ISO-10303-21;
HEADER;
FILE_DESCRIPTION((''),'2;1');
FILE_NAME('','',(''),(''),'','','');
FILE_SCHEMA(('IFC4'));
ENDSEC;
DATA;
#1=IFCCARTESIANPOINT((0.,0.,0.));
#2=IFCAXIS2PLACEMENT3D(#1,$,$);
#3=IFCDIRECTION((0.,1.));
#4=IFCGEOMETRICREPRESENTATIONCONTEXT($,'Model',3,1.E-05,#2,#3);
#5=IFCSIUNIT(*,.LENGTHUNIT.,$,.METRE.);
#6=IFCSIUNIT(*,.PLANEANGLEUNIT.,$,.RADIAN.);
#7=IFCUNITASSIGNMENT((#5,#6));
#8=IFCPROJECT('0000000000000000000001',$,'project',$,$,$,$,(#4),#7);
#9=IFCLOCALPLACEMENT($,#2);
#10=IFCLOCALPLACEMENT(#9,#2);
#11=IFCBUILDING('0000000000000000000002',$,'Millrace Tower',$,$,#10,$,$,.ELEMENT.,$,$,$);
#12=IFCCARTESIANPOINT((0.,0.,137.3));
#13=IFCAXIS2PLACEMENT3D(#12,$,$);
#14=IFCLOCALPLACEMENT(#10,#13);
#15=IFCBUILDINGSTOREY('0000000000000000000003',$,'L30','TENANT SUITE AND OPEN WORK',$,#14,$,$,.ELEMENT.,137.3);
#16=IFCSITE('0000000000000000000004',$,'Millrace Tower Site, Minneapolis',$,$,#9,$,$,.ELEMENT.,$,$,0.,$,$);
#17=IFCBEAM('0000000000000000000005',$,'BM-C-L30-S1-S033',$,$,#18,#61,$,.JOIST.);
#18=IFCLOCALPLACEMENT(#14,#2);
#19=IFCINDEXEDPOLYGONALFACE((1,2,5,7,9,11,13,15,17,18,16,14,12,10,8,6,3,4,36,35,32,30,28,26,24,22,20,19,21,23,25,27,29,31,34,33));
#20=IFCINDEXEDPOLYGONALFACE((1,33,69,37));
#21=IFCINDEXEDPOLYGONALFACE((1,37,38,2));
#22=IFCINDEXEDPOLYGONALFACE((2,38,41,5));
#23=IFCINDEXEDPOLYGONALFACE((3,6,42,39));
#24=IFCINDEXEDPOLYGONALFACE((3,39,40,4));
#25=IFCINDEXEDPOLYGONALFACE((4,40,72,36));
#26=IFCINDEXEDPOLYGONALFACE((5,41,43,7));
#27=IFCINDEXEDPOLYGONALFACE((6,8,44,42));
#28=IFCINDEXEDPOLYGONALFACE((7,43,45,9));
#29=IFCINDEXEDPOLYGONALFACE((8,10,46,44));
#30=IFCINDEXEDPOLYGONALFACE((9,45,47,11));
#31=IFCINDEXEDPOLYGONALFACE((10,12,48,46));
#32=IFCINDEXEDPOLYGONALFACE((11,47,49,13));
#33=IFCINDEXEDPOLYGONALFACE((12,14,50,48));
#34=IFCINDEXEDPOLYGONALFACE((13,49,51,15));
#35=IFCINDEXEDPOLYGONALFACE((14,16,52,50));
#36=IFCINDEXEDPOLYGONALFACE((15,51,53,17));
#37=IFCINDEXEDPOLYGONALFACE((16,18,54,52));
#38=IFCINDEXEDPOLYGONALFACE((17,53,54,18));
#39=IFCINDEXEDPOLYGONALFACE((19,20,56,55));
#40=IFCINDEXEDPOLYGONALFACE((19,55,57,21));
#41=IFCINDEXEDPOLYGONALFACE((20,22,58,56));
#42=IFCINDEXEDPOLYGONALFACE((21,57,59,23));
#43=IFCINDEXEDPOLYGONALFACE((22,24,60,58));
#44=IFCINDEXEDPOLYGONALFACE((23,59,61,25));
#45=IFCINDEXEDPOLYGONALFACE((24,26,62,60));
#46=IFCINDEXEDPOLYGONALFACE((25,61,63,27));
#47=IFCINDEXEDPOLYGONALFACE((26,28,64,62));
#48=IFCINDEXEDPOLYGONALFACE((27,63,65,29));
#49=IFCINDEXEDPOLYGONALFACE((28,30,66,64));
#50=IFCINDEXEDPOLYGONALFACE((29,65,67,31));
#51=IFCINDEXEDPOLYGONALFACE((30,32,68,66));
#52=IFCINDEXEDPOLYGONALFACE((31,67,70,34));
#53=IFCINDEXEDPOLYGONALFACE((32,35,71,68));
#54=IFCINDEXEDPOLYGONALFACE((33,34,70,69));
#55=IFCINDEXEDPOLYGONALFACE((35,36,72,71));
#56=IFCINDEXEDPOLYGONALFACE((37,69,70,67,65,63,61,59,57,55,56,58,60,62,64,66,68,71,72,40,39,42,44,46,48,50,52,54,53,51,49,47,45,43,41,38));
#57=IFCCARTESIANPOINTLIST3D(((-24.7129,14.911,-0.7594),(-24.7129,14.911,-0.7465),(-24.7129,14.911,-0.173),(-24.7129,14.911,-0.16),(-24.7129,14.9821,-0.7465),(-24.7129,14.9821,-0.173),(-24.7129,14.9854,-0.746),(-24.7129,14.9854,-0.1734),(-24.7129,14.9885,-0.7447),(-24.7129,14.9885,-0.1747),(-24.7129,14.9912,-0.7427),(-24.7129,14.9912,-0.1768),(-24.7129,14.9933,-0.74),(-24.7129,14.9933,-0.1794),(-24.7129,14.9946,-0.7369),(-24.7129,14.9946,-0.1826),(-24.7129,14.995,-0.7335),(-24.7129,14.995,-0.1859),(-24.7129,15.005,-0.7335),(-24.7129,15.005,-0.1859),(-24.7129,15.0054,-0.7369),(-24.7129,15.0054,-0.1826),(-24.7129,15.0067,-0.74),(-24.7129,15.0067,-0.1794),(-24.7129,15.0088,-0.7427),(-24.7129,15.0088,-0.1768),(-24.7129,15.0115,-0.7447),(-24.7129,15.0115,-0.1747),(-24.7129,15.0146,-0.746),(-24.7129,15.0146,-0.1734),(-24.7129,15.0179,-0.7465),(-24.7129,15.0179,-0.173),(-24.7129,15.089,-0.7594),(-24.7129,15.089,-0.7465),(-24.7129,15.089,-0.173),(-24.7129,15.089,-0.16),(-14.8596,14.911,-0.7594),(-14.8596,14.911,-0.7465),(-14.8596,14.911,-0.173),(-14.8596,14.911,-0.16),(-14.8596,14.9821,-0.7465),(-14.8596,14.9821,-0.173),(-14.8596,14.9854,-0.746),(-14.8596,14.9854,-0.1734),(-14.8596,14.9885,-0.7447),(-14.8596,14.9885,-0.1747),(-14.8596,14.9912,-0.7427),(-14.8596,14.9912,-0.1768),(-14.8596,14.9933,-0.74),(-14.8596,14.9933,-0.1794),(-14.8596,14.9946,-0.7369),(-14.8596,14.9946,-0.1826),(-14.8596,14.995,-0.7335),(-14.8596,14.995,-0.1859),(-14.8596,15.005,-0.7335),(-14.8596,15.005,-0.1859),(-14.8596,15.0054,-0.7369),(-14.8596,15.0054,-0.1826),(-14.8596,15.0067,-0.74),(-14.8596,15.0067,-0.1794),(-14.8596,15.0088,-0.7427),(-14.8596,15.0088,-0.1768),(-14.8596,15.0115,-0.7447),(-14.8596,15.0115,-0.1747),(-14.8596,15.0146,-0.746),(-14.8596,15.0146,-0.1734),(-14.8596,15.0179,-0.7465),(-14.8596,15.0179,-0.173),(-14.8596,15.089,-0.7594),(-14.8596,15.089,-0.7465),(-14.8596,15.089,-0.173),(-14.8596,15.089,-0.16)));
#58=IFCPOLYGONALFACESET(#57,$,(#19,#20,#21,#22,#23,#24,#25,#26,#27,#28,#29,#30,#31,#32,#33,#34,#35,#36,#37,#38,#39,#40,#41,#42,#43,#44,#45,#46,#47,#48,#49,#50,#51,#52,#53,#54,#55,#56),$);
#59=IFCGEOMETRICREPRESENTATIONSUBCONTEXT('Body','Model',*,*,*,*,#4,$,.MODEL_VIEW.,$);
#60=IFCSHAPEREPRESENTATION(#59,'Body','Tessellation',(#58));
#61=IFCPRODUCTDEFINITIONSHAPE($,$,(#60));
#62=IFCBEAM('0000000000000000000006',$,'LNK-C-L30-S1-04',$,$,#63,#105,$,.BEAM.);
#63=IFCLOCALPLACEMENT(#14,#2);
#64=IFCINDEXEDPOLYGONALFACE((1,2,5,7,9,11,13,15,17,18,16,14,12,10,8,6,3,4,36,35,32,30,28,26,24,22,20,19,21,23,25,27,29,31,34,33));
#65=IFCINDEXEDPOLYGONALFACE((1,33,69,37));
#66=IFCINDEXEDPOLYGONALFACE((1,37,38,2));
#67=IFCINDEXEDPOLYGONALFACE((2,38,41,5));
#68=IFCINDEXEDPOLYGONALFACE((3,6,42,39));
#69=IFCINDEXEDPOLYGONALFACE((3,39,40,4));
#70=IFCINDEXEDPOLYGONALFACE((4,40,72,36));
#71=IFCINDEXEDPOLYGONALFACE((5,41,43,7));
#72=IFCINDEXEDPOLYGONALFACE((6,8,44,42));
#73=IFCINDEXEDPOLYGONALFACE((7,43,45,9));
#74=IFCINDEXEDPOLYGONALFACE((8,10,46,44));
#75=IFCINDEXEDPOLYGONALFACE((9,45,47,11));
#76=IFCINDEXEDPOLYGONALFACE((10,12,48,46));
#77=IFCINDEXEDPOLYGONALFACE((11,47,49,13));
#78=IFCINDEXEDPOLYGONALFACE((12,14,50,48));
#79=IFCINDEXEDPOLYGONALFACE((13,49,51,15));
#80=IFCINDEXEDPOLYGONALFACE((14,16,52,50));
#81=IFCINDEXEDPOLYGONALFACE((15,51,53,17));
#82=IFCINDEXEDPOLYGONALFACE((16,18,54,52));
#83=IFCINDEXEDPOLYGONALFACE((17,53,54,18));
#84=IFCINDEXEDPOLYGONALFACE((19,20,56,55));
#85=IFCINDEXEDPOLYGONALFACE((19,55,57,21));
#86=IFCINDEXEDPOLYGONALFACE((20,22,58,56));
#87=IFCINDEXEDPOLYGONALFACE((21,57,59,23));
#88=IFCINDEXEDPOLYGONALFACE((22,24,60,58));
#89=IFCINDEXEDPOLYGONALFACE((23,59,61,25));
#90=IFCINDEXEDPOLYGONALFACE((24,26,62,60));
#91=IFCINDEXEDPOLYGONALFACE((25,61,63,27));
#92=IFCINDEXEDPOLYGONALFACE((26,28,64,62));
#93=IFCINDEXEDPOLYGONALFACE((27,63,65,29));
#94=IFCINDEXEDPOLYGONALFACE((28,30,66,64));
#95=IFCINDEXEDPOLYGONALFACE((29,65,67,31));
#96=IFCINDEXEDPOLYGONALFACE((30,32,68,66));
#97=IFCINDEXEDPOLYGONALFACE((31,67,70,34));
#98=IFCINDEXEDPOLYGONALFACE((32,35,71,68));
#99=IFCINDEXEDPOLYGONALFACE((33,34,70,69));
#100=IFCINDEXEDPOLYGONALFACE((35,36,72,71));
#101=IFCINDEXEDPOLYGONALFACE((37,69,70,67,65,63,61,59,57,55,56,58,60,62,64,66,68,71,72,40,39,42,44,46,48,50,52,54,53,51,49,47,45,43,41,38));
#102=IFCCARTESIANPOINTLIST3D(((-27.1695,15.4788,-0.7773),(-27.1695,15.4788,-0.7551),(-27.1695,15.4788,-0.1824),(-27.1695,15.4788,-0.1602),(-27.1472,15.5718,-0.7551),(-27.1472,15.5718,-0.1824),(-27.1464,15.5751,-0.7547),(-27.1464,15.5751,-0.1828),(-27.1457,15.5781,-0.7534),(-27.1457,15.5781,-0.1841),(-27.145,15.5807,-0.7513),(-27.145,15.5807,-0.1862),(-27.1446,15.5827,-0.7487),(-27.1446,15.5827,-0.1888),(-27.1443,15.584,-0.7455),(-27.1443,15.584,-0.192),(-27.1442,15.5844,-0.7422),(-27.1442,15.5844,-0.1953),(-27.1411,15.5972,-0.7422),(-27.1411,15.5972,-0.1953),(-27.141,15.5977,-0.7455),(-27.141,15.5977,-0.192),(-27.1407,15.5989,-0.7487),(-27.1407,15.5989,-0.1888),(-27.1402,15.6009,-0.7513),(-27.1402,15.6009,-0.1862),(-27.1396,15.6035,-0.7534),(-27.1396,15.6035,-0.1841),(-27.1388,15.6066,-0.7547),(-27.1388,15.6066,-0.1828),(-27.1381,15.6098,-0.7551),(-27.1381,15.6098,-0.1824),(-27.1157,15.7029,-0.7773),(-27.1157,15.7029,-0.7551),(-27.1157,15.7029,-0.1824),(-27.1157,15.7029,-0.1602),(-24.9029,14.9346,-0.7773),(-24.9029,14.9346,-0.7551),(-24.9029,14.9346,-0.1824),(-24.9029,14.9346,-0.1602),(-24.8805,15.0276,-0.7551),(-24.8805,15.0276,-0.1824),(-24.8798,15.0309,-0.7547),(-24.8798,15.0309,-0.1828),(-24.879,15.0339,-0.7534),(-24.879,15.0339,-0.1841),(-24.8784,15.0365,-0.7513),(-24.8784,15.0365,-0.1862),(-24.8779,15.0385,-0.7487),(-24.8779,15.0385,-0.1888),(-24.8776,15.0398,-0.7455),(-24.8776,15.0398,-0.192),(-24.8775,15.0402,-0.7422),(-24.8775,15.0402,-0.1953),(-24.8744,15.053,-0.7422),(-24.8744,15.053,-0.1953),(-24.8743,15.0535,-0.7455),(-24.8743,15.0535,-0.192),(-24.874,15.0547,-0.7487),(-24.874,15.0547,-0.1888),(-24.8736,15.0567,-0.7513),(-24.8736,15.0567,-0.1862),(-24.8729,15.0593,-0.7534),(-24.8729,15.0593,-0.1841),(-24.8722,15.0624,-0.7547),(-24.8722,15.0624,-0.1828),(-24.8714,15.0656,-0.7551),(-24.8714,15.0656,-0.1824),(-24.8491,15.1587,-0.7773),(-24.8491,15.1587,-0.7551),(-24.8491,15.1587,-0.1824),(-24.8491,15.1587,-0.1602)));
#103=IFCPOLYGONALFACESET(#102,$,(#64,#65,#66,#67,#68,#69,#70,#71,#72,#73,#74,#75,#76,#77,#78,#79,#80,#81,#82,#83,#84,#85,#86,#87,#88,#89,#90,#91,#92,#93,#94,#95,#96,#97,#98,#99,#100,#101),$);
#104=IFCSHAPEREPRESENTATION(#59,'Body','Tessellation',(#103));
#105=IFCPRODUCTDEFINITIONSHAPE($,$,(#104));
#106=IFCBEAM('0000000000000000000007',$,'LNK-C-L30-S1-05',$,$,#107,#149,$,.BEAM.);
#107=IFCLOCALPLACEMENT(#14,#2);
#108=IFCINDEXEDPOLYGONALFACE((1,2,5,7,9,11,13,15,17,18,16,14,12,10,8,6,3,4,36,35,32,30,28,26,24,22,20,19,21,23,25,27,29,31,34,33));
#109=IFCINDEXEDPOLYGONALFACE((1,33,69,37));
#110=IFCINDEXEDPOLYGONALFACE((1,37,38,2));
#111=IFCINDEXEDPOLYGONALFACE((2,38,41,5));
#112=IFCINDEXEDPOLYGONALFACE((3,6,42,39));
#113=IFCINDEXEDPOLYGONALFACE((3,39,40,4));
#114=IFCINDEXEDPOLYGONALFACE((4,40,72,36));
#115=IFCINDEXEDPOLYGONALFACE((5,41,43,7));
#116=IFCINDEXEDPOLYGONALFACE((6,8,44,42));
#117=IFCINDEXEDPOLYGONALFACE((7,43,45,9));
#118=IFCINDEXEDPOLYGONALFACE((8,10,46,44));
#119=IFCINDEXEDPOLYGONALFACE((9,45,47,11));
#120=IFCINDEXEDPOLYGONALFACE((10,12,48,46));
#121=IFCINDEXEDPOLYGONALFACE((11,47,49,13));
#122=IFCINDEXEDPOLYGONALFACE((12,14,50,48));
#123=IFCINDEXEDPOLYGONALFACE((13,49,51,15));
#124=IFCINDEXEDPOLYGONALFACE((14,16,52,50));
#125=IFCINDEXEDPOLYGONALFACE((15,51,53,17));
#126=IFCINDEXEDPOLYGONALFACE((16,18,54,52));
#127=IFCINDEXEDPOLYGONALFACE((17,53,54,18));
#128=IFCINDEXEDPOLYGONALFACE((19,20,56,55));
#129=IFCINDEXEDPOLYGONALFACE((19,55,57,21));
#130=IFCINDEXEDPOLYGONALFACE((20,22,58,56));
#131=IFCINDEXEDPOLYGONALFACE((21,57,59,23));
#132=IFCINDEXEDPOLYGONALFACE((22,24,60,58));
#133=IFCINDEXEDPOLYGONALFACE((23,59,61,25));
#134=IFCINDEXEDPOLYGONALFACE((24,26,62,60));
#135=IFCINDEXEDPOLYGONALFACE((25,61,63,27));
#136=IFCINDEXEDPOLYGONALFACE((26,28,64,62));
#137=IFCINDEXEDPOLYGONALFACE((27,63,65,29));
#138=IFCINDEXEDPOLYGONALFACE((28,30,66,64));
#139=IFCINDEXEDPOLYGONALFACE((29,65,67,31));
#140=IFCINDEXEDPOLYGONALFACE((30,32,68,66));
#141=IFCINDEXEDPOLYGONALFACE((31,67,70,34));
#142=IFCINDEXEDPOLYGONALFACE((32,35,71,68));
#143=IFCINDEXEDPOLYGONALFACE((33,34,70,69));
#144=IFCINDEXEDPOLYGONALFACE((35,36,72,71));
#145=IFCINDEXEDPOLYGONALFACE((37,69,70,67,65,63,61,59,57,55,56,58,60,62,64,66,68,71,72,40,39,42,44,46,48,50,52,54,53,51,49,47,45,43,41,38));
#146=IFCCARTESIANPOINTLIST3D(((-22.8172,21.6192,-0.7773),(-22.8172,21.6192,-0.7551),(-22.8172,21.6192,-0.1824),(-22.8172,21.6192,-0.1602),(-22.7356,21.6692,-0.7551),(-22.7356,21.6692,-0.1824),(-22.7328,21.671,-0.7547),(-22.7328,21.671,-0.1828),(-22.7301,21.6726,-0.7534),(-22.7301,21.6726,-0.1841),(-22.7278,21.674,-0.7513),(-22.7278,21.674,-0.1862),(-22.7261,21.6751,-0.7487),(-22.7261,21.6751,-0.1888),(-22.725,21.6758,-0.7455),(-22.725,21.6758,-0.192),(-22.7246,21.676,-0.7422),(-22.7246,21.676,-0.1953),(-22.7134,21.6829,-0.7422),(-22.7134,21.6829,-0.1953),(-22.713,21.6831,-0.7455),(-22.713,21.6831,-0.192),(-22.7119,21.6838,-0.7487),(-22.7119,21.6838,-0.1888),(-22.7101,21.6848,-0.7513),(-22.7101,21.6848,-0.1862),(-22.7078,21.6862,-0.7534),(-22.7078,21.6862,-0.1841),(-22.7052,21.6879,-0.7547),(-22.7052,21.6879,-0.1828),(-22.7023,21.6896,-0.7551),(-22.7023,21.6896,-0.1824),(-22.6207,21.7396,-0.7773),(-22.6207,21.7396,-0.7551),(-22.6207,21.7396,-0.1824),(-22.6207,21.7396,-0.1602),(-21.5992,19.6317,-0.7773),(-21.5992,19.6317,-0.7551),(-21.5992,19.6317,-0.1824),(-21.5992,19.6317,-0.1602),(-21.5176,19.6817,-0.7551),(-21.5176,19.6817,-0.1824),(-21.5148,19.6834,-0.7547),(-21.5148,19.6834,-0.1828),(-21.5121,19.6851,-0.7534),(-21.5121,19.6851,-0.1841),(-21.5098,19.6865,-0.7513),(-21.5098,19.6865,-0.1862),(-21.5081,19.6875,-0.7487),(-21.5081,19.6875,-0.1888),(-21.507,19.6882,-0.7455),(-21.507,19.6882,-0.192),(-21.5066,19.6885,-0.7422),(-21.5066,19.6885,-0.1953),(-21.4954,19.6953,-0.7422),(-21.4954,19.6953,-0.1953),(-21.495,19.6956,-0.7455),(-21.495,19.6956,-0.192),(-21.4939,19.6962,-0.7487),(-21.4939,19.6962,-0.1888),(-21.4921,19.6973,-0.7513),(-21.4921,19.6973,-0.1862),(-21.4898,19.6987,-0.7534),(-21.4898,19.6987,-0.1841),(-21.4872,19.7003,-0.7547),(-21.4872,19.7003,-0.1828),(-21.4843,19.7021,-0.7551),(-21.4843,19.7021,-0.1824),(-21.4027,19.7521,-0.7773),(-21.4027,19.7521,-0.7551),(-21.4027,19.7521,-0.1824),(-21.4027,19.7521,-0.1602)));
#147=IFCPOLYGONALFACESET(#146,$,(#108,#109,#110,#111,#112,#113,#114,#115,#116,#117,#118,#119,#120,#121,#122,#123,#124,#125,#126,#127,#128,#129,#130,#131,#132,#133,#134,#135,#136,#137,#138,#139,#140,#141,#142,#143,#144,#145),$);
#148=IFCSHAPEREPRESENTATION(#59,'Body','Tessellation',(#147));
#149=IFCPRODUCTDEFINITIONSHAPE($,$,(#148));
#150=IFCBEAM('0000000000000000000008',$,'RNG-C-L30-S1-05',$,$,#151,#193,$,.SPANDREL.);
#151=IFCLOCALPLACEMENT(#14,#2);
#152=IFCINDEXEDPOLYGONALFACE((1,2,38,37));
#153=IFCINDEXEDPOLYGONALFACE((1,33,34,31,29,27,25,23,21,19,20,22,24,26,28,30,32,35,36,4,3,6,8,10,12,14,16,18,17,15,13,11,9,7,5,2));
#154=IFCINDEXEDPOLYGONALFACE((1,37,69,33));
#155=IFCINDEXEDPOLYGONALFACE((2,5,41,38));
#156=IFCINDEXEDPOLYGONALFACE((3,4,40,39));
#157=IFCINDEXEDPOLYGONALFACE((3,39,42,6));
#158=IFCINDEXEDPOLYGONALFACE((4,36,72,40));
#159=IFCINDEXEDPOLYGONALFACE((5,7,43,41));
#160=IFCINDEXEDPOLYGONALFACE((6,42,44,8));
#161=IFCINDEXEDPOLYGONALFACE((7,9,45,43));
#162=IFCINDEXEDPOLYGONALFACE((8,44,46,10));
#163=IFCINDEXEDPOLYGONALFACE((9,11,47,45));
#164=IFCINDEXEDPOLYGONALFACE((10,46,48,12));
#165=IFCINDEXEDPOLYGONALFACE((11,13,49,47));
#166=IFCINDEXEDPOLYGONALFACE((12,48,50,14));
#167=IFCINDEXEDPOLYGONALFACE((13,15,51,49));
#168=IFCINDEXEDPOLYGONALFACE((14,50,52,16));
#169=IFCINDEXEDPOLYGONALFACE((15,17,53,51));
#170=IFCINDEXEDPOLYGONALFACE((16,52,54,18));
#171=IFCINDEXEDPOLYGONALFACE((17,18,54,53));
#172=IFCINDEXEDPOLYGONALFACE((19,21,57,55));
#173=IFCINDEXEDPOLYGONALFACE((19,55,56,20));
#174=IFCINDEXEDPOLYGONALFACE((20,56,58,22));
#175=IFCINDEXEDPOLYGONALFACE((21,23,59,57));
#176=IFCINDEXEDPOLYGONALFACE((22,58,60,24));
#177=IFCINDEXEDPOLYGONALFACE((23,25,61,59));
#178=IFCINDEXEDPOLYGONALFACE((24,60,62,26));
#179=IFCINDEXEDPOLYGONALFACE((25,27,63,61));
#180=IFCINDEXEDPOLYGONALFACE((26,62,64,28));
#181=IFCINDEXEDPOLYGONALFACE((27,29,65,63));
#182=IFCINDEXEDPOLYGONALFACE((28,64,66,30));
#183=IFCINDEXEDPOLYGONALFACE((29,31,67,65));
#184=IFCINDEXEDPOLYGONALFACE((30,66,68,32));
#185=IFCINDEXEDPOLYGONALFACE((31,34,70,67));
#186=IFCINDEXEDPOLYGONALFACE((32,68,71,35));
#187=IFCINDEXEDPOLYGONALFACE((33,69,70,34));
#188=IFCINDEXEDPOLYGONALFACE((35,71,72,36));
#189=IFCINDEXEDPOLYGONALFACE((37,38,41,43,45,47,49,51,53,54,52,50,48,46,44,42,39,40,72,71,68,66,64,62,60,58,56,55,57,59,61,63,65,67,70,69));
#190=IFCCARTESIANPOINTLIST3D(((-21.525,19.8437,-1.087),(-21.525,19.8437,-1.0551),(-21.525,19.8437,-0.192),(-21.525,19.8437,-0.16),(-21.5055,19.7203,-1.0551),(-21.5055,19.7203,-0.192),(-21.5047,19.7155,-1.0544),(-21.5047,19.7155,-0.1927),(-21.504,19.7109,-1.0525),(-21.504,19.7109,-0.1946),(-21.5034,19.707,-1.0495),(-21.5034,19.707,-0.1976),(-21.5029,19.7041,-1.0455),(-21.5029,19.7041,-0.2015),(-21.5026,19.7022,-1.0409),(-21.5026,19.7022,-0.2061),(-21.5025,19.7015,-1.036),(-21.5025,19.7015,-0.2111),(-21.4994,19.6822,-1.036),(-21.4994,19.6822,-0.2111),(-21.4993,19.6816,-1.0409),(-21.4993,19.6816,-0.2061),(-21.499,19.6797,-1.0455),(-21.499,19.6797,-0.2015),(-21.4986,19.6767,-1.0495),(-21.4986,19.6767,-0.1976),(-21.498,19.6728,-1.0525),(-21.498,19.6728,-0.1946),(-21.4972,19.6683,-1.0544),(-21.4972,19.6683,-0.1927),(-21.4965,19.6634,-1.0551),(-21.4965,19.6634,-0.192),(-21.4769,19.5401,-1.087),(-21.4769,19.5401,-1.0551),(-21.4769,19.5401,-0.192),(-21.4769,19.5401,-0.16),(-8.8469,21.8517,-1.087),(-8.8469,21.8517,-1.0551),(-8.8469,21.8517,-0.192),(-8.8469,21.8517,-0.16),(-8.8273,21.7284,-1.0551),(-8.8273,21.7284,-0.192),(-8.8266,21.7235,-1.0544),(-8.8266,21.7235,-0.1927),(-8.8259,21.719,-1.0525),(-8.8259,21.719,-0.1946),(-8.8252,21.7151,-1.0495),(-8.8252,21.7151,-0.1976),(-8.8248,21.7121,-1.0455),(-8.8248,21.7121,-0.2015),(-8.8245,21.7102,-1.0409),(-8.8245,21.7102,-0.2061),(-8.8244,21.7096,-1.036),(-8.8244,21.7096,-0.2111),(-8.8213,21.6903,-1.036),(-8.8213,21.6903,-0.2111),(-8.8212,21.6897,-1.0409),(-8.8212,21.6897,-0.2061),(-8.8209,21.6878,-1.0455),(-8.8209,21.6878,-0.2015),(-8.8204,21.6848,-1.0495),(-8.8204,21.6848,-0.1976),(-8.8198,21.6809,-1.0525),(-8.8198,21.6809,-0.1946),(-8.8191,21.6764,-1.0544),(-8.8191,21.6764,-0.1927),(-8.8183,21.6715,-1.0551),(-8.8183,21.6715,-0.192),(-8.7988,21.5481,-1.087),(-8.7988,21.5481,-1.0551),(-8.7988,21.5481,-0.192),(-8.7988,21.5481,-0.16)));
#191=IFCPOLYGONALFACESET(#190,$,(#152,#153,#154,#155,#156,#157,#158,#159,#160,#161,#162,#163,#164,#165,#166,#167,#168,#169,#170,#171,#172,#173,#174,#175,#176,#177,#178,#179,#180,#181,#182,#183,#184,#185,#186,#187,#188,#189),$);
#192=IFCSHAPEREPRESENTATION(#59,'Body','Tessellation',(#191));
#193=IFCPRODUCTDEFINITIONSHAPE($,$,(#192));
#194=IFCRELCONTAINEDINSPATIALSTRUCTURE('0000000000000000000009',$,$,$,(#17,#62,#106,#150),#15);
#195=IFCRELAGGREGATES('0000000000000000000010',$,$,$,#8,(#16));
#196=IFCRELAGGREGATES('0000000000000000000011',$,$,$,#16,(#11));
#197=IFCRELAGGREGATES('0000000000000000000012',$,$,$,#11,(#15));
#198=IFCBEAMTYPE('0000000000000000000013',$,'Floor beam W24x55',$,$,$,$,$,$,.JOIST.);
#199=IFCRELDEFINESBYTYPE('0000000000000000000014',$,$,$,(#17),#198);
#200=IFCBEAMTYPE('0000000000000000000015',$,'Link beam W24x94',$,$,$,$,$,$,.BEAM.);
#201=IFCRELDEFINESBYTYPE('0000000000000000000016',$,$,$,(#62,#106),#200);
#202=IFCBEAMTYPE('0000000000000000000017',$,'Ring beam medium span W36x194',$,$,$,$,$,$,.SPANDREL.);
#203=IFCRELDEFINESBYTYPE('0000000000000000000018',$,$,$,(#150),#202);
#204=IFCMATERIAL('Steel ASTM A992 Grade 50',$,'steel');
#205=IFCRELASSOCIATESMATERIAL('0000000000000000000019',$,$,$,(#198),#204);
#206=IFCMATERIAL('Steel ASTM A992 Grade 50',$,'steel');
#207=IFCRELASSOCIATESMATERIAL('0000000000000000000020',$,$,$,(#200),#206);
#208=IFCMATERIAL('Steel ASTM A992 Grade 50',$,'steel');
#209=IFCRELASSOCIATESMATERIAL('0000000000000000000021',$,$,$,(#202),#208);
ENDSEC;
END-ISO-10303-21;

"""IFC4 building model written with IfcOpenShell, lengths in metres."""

from ifc_helpers import new_model, si_unit, direction, frame, origin, origin_2d, place, context, subcontext, project, spatial, i_section, extrude, material, material_profile, profile_set, type_object, element, save


model = new_model("IFC4")

# Units and contexts
model_context = context("Model", 3, precision=1e-05, world=origin(), true_north=direction((0.0, 1.0)))
body_context = subcontext(model_context, "Body", "Model", "MODEL_VIEW")
ifc_project = project(units=[si_unit("LENGTHUNIT", "METRE"), si_unit("PLANEANGLEUNIT", "RADIAN")], contexts=[model_context])

# Site, building, storey
site_placement = place(None, origin())
site = spatial("IfcSite", under=ifc_project, at=site_placement, Name="Millrace Tower Site, Minneapolis", CompositionType="ELEMENT", RefElevation=0.0)
building_placement = place(site_placement, origin())
building = spatial("IfcBuilding", under=site, at=building_placement, Name="Millrace Tower", CompositionType="ELEMENT")
storey_placement = place(building_placement, frame((0.0, 0.0, 137.3)))
storey = spatial("IfcBuildingStorey", under=building, at=storey_placement, Name="L30", Description="TENANT SUITE AND OPEN WORK", CompositionType="ELEMENT", Elevation=137.3)

# Beams
ifc_material_1 = material(Name="Steel ASTM A992 Grade 50", Category="steel")
ifc_material_profile_1 = material_profile(ifc_material_1, i_section(OverallWidth=0.178, OverallDepth=0.5994, WebThickness=0.01, FlangeThickness=0.0129, FilletRadius=0.0129, at=origin_2d()))
ifc_profile_set_1 = profile_set([ifc_material_profile_1], Name="Steel ASTM A992 Grade 50")
beam_type_1 = type_object("IfcBeamType", Name="Floor beam W24x55", PredefinedType="JOIST", material=ifc_profile_set_1)
beam_1_placement = place(storey_placement, frame((-24.7129, 15.0, -0.4597), z_axis=(1.0, 0.0, 0.0), x_axis=(0.0, 1.0, 0.0)))
element("IfcBeam", 1, at=beam_1_placement, inside=storey, type_object=beam_type_1, Name="BM-C-L30-S1-S033", PredefinedType="JOIST", context=body_context, shape_type="SweptSolid", body=[
    extrude(i_section(OverallWidth=0.178, OverallDepth=0.5994, WebThickness=0.01, FlangeThickness=0.0129, FilletRadius=0.0129, at=origin_2d()), origin(), (0.0, 0.0, 1.0), 9.8533),
])
ifc_material_2 = material(Name="Steel ASTM A992 Grade 50", Category="steel")
ifc_material_profile_2 = material_profile(ifc_material_2, i_section(OverallWidth=0.2305, OverallDepth=0.6172, WebThickness=0.0132, FlangeThickness=0.0222, FilletRadius=0.0129, at=origin_2d()))
ifc_profile_set_2 = profile_set([ifc_material_profile_2], Name="Steel ASTM A992 Grade 50")
beam_type_2 = type_object("IfcBeamType", Name="Link beam W24x94", PredefinedType="BEAM", material=ifc_profile_set_2)
for number, where, z_axis, x_axis, name in (
    (2, (-24.876, 15.0466, -0.4688), (-0.972367, 0.233456, 0.0), (-0.233456, -0.972367, 0.0), "LNK-C-L30-S1-04"),
    (3, (-21.501, 19.6919, -0.4688), (-0.522513, 0.852631, 0.0), (-0.852631, -0.522513, 0.0), "LNK-C-L30-S1-05"),
):
    element("IfcBeam", number, at=place(storey_placement, frame(where, z_axis=z_axis, x_axis=x_axis)), inside=storey, type_object=beam_type_2, Name=name, PredefinedType="BEAM", context=body_context, shape_type="SweptSolid", body=[
        extrude(i_section(OverallWidth=0.2305, OverallDepth=0.6172, WebThickness=0.0132, FlangeThickness=0.0222, FilletRadius=0.0129, at=origin_2d()), origin(), (0.0, 0.0, 1.0), 2.3311),
    ])
ifc_material_3 = material(Name="Steel ASTM A992 Grade 50", Category="steel")
ifc_material_profile_3 = material_profile(ifc_material_3, i_section(OverallWidth=0.3074, OverallDepth=0.927, WebThickness=0.0195, FlangeThickness=0.032, FilletRadius=0.019, at=origin_2d()))
ifc_profile_set_3 = profile_set([ifc_material_profile_3], Name="Steel ASTM A992 Grade 50")
beam_type_3 = type_object("IfcBeamType", Name="Ring beam medium span W36x194", PredefinedType="SPANDREL", material=ifc_profile_set_3)
beam_2_placement = place(storey_placement, frame((-21.501, 19.6919, -0.6235), z_axis=(0.987688, 0.156436, 0.0), x_axis=(-0.156436, 0.987688, 0.0)))
element("IfcBeam", 4, at=beam_2_placement, inside=storey, type_object=beam_type_3, Name="RNG-C-L30-S1-05", PredefinedType="SPANDREL", context=body_context, shape_type="SweptSolid", body=[
    extrude(i_section(OverallWidth=0.3074, OverallDepth=0.927, WebThickness=0.0195, FlangeThickness=0.032, FilletRadius=0.019, at=origin_2d()), origin(), (0.0, 0.0, 1.0), 12.8362),
])

save(model, "model.ifc")
